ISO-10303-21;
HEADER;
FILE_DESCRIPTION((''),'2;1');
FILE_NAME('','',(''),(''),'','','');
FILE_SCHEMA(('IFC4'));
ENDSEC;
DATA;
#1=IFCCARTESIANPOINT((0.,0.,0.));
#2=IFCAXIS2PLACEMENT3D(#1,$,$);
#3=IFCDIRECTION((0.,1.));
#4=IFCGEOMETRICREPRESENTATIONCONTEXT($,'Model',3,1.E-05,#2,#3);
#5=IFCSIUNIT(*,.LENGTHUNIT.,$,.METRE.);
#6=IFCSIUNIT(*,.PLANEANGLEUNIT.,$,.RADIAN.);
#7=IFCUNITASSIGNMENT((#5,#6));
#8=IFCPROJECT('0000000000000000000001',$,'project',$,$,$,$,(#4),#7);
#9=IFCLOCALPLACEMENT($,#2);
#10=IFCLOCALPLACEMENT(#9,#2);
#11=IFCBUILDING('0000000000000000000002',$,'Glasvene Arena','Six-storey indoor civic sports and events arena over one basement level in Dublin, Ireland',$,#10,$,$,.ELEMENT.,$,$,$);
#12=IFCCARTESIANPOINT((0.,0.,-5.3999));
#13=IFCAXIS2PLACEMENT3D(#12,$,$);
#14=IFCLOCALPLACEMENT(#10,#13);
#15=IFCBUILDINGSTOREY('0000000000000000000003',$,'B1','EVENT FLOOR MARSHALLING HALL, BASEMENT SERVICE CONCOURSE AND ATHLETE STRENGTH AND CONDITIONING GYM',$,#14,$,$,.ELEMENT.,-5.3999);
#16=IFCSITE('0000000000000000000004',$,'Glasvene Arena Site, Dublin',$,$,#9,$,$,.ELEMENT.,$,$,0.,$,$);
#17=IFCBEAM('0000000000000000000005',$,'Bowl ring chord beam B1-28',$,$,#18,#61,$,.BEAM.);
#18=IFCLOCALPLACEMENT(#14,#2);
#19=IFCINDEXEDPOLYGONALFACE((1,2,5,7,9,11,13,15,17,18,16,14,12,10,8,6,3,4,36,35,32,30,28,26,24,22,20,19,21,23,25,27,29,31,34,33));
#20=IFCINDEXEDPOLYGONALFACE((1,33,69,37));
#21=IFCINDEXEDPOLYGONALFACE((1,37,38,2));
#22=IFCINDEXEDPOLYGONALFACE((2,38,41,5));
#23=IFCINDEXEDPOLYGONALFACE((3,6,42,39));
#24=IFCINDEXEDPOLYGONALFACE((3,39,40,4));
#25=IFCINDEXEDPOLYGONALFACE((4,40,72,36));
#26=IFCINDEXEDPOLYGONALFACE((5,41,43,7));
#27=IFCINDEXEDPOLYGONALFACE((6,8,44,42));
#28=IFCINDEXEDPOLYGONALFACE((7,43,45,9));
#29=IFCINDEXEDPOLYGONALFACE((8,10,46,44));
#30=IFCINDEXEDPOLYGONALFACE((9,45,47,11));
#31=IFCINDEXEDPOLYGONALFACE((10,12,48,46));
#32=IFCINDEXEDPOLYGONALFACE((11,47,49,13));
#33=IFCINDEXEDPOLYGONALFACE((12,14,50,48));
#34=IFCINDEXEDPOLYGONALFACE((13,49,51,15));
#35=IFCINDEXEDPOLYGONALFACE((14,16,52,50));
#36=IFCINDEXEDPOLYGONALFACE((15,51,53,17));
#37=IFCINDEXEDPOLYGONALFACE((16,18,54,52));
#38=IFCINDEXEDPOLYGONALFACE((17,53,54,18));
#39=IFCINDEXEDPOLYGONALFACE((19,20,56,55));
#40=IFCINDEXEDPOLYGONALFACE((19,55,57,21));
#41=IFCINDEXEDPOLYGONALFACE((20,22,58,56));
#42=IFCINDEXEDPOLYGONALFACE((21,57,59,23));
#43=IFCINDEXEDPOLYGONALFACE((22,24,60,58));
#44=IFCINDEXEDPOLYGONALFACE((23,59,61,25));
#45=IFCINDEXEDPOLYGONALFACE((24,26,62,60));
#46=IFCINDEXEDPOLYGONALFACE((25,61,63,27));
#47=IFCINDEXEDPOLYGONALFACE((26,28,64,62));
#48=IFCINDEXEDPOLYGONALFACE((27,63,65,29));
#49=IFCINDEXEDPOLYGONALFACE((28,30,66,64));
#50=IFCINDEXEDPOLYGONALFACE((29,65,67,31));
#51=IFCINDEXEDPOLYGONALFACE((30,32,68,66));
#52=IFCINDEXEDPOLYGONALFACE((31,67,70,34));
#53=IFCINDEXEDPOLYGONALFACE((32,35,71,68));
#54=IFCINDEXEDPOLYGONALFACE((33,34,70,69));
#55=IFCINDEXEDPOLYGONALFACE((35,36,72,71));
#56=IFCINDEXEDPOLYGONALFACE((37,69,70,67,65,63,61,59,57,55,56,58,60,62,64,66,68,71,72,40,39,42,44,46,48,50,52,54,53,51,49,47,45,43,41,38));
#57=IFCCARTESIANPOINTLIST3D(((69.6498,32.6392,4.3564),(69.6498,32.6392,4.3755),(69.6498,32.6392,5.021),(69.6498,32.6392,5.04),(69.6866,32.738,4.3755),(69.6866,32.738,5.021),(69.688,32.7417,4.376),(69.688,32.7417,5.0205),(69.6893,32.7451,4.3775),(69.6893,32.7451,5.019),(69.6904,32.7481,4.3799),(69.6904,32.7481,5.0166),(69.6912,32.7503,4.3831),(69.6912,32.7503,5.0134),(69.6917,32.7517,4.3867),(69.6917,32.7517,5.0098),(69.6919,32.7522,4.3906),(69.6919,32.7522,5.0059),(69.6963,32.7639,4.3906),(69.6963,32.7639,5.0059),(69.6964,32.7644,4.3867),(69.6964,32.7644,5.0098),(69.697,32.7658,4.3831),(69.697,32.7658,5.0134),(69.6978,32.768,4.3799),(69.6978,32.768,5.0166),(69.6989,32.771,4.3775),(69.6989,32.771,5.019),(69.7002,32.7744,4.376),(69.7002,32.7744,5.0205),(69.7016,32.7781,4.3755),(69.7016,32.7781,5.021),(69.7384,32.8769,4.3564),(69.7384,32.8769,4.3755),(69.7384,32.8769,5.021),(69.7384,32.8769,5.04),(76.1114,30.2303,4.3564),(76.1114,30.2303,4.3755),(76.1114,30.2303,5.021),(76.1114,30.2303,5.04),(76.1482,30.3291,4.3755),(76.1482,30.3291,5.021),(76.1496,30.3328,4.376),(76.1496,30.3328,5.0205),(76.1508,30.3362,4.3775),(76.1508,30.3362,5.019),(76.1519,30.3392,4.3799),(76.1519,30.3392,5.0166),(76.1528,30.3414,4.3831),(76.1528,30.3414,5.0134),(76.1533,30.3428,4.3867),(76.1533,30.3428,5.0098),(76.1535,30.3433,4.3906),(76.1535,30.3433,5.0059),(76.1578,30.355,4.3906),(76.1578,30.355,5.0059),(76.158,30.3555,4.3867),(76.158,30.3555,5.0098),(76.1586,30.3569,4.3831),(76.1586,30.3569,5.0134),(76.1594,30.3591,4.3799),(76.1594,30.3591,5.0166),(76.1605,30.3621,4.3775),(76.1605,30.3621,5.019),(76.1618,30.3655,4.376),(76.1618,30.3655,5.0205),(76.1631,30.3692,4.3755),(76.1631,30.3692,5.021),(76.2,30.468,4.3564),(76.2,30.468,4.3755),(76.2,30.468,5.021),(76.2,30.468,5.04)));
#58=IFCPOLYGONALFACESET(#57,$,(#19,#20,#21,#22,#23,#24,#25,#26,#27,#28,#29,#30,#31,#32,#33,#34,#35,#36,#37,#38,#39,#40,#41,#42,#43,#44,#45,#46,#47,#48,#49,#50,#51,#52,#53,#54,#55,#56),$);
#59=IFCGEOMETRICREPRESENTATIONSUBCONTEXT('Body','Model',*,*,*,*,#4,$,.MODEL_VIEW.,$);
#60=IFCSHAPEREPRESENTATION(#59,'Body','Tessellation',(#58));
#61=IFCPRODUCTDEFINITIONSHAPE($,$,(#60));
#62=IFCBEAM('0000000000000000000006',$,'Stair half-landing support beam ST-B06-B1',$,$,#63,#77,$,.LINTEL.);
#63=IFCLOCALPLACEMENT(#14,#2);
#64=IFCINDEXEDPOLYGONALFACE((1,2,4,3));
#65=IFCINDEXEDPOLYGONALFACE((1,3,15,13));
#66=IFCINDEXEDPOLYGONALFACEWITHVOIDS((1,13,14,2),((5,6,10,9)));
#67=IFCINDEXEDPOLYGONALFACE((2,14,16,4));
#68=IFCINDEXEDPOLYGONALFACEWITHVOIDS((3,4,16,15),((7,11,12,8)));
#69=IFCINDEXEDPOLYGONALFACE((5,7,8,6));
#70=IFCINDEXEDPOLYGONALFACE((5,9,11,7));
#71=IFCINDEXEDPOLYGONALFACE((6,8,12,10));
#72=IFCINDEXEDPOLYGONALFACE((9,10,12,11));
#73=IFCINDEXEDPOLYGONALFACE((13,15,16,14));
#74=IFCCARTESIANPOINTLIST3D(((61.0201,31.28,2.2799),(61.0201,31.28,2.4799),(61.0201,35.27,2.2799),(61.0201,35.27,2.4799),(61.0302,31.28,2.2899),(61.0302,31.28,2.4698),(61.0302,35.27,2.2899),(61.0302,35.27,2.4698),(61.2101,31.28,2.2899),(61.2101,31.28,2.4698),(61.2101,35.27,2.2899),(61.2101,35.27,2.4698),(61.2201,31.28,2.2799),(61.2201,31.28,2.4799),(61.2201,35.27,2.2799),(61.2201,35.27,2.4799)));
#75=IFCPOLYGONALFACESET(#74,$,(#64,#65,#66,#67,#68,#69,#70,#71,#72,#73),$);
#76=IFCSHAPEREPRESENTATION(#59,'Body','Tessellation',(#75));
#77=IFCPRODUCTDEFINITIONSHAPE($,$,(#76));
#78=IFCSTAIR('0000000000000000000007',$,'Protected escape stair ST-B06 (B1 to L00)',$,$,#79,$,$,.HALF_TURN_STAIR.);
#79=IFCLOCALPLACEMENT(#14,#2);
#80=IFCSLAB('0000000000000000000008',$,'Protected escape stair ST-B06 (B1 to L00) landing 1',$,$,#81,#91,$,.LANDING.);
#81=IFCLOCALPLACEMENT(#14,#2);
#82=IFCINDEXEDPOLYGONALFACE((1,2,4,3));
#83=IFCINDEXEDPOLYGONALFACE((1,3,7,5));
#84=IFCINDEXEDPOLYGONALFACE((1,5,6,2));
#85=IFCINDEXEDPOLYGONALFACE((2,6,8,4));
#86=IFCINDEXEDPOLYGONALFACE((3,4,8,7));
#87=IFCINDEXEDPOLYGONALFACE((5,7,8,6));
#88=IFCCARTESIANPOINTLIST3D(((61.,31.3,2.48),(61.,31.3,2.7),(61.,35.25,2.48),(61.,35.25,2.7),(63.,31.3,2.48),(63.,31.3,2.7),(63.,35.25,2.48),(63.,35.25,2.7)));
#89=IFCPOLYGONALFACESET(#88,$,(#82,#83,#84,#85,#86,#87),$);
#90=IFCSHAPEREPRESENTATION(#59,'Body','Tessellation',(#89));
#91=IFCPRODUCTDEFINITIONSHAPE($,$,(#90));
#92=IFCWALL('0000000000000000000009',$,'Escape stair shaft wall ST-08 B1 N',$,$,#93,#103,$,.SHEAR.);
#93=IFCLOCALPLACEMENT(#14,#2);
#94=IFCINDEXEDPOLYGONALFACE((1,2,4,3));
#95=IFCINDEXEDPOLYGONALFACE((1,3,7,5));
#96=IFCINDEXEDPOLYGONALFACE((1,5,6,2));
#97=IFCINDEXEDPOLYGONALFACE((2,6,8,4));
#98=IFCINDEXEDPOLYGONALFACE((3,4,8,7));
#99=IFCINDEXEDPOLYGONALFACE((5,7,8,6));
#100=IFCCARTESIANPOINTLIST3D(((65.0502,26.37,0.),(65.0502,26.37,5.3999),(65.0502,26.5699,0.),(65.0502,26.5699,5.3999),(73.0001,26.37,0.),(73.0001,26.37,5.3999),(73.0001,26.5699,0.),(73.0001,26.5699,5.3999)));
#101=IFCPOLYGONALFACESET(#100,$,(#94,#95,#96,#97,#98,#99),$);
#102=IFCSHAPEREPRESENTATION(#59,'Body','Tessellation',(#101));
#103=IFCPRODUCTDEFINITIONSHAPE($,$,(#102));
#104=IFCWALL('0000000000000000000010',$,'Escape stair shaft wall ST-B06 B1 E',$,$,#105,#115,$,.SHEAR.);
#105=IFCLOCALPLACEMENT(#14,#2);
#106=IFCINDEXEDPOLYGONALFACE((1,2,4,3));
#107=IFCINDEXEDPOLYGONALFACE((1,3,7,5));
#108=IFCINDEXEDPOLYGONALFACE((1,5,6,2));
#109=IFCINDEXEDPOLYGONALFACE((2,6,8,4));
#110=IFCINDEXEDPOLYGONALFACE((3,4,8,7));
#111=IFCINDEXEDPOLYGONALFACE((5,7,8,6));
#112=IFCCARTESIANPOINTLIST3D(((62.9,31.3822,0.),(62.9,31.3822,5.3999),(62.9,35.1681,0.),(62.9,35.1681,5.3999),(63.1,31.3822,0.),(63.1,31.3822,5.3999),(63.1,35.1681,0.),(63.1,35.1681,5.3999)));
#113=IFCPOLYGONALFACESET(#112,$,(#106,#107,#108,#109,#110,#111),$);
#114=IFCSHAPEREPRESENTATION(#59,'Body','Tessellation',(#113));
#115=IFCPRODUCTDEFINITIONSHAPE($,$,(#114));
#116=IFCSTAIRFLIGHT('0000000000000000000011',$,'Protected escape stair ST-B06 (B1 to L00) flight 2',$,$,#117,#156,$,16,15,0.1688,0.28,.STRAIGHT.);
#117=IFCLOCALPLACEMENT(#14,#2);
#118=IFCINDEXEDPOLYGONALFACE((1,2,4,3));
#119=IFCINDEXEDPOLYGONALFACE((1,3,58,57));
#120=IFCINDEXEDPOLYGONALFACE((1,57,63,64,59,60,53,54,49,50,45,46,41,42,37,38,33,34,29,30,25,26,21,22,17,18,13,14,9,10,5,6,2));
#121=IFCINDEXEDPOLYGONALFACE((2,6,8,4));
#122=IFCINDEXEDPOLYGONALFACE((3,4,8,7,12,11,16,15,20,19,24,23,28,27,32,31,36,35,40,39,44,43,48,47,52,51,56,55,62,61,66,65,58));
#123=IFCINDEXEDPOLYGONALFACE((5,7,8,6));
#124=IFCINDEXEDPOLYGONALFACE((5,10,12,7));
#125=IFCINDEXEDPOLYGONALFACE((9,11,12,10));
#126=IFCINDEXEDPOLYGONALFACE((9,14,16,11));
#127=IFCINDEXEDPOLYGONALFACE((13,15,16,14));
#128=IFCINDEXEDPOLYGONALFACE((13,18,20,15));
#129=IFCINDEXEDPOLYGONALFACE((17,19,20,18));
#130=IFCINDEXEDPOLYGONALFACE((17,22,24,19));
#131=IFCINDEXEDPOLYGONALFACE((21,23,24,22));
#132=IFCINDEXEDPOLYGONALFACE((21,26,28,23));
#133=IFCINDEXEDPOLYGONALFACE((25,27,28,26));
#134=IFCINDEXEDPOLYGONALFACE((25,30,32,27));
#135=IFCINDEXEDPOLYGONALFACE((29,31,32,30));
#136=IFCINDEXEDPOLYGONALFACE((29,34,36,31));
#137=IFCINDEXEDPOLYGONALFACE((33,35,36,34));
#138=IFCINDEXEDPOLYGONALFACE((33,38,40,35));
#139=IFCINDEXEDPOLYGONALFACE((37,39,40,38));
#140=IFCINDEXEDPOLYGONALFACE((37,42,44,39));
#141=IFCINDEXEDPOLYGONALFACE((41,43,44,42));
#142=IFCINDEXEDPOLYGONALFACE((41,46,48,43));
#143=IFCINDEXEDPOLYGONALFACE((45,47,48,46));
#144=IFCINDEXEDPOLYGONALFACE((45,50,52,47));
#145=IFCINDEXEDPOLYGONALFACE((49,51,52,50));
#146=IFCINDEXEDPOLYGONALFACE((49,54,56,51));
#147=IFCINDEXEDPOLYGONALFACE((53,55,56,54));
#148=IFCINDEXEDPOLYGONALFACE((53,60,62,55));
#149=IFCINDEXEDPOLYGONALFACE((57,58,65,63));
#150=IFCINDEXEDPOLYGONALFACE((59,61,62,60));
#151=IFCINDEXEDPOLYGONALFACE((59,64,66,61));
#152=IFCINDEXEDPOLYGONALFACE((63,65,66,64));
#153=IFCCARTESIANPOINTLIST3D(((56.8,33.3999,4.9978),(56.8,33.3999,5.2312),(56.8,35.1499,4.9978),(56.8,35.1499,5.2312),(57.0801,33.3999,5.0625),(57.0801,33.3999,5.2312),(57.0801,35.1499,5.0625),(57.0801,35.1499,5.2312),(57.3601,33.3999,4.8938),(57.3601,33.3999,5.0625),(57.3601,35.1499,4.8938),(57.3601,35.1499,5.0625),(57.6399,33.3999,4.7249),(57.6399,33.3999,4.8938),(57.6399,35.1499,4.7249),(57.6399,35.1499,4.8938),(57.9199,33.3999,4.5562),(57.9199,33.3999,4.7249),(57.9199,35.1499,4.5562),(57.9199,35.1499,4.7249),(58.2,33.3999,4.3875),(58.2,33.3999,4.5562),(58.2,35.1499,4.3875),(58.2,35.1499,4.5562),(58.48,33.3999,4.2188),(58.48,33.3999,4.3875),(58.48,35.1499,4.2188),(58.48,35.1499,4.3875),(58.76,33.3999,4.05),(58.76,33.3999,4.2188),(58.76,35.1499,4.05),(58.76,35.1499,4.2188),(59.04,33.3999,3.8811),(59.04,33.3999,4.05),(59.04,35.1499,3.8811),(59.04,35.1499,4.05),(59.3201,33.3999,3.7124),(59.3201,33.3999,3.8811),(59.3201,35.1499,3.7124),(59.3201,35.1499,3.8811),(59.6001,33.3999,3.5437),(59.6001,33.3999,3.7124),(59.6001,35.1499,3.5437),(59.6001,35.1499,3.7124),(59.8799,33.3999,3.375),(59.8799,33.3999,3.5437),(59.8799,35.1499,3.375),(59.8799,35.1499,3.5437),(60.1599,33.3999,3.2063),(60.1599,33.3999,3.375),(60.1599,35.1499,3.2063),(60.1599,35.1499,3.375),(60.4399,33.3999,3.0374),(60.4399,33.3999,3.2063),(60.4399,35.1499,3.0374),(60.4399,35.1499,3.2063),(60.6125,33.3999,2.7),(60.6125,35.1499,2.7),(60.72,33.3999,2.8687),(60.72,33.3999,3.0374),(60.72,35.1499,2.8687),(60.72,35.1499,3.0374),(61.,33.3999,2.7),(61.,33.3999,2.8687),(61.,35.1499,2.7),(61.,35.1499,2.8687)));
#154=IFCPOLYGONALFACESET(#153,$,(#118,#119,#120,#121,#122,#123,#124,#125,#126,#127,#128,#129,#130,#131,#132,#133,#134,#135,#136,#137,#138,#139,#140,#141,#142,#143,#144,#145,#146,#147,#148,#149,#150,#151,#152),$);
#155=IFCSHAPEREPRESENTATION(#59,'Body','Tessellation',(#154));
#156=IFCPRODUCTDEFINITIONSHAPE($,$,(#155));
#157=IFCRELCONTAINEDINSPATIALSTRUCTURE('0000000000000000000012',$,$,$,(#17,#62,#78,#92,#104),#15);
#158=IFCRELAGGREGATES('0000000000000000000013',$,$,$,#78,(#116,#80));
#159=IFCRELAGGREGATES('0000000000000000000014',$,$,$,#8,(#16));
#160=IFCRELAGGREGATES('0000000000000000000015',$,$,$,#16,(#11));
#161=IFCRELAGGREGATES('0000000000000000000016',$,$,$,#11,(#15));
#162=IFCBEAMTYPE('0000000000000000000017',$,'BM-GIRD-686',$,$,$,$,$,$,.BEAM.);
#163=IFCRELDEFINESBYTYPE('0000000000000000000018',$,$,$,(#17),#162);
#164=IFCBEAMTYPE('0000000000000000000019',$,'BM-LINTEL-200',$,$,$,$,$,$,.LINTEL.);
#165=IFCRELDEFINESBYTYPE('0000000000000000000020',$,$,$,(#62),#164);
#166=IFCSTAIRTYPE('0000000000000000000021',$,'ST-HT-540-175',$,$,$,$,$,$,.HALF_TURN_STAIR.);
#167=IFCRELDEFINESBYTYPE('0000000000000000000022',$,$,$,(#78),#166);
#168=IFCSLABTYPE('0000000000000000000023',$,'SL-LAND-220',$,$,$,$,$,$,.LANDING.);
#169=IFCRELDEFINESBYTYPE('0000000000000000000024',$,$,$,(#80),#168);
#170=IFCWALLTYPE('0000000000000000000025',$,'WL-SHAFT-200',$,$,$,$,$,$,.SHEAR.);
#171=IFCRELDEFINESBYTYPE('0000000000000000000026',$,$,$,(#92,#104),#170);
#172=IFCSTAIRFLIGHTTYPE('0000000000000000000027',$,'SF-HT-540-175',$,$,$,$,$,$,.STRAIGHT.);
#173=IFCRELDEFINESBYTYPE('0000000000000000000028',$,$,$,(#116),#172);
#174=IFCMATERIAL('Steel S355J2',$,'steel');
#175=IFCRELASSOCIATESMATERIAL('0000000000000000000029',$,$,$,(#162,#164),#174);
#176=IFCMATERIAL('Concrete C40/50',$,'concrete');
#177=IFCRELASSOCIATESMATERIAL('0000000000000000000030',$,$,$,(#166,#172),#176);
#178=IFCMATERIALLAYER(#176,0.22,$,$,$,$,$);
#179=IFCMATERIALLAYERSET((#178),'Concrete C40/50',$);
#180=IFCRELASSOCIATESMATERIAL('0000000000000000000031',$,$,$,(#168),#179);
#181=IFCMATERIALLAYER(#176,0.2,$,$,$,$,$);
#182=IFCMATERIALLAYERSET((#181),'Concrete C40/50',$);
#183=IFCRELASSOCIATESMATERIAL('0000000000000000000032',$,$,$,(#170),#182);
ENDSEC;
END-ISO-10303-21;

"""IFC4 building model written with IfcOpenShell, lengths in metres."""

from ifc_helpers import new_model, si_unit, direction, frame, frame_2d, origin, origin_2d, place, context, subcontext, project, spatial, polyline, rectangle, hollow_rectangle, i_section, outline, extrude, material, layer, layer_set, material_profile, profile_set, type_object, element, aggregate, save


model = new_model("IFC4")

# Units and contexts
model_context = context("Model", 3, precision=1e-05, world=origin(), true_north=direction((0.0, 1.0)))
body_context = subcontext(model_context, "Body", "Model", "MODEL_VIEW")
ifc_project = project(units=[si_unit("LENGTHUNIT", "METRE"), si_unit("PLANEANGLEUNIT", "RADIAN")], contexts=[model_context])

# Site, building, storey
site_placement = place(None, origin())
site = spatial("IfcSite", under=ifc_project, at=site_placement, Name="Glasvene Arena Site, Dublin", CompositionType="ELEMENT", RefElevation=0.0)
building_placement = place(site_placement, origin())
building = spatial("IfcBuilding", under=site, at=building_placement, Name="Glasvene Arena", Description="Six-storey indoor civic sports and events arena over one basement level in Dublin, Ireland", CompositionType="ELEMENT")
storey_placement = place(building_placement, frame((0.0, 0.0, -5.3999)))
storey = spatial("IfcBuildingStorey", under=building, at=storey_placement, Name="B1", Description="EVENT FLOOR MARSHALLING HALL, BASEMENT SERVICE CONCOURSE AND ATHLETE STRENGTH AND CONDITIONING GYM", CompositionType="ELEMENT", Elevation=-5.3999)

# Shared definitions
ifc_material_1 = material(Name="Concrete C40/50", Category="concrete")

# Shared definitions
ifc_material_2 = material(Name="Steel S355J2", Category="steel")

# Beams
ifc_material_profile_1 = material_profile(ifc_material_2, i_section(OverallWidth=0.2537, OverallDepth=0.6836, WebThickness=0.0125, FlangeThickness=0.019, FilletRadius=0.0151, at=origin_2d()), Name="UKB 686x254x140")
ifc_profile_set_1 = profile_set([ifc_material_profile_1], Name="Steel S355J2")
beam_type_1 = type_object("IfcBeamType", Name="BM-GIRD-686", PredefinedType="BEAM", material=ifc_profile_set_1)
beam_1_placement = place(storey_placement, frame((69.6941, 32.7581, 4.6982), z_axis=(0.937004, -0.349319, 0.0), x_axis=(0.349319, 0.937004, 0.0)))
element("IfcBeam", 1, at=beam_1_placement, inside=storey, type_object=beam_type_1, Name="Bowl ring chord beam B1-28", PredefinedType="BEAM", context=body_context, shape_type="SweptSolid", body=[
    extrude(i_section(OverallWidth=0.2537, OverallDepth=0.6836, WebThickness=0.0125, FlangeThickness=0.019, FilletRadius=0.0151, at=origin_2d()), origin(), (0.0, 0.0, 1.0), 6.896),
])
ifc_material_profile_2 = material_profile(ifc_material_2, hollow_rectangle(XDim=0.2, YDim=0.2, WallThickness=0.01, at=origin_2d()), Name="SHS 200x200x10.0")
ifc_profile_set_2 = profile_set([ifc_material_profile_2], Name="Steel S355J2")
beam_type_2 = type_object("IfcBeamType", Name="BM-LINTEL-200", PredefinedType="LINTEL", material=ifc_profile_set_2)
beam_2_placement = place(storey_placement, frame((61.1201, 31.28, 2.3799), z_axis=(0.0, 1.0, 0.0), x_axis=(-1.0, 0.0, 0.0)))
element("IfcBeam", 2, at=beam_2_placement, inside=storey, type_object=beam_type_2, Name="Stair half-landing support beam ST-B06-B1", PredefinedType="LINTEL", context=body_context, shape_type="SweptSolid", body=[
    extrude(hollow_rectangle(XDim=0.2, YDim=0.2, WallThickness=0.01, at=origin_2d()), origin(), (0.0, 0.0, 1.0), 3.99),
])

# Stair, slab
stair_type = type_object("IfcStairType", Name="ST-HT-540-175", PredefinedType="HALF_TURN_STAIR", material=ifc_material_1)
stair_placement = place(storey_placement, origin())
stair = element("IfcStair", 3, at=stair_placement, inside=storey, type_object=stair_type, Name="Protected escape stair ST-B06 (B1 to L00)", PredefinedType="HALF_TURN_STAIR")
ifc_layer_1 = layer(ifc_material_1, 0.22)
ifc_layer_set_1 = layer_set([ifc_layer_1], Name="Concrete C40/50")
slab_type = type_object("IfcSlabType", Name="SL-LAND-220", PredefinedType="LANDING", material=ifc_layer_set_1)
slab_placement = place(storey_placement, frame((62.0, 33.2749, 2.48)))
slab = element("IfcSlab", 4, at=slab_placement, type_object=slab_type, Name="Protected escape stair ST-B06 (B1 to L00) landing 1", PredefinedType="LANDING", context=body_context, shape_type="SweptSolid", body=[
    extrude(outline(polyline([(-1.0, -1.9749), (1.0, -1.9749), (1.0, 1.9751), (-1.0, 1.9751), (-1.0, -1.9749)])), origin(), (0.0, 0.0, 1.0), 0.22),
])

# Walls
ifc_layer_2 = layer(ifc_material_1, 0.2)
ifc_layer_set_2 = layer_set([ifc_layer_2], Name="Concrete C40/50")
wall_type = type_object("IfcWallType", Name="WL-SHAFT-200", PredefinedType="SHEAR", material=ifc_layer_set_2)
wall_1_placement = place(storey_placement, frame((65.05, 26.47, 0.0), z_axis=(0.0, 0.0, 1.0), x_axis=(1.0, 0.0, 0.0)))
element("IfcWall", 5, at=wall_1_placement, inside=storey, type_object=wall_type, Name="Escape stair shaft wall ST-08 B1 N", PredefinedType="SHEAR", context=body_context, shape_type="SweptSolid", body=[
    extrude(rectangle(XDim=7.95, YDim=0.2, at=frame_2d((3.9751, 0.0))), origin(), (0.0, 0.0, 1.0), 5.3999),
])
wall_2_placement = place(storey_placement, frame((63.0, 31.3821, 0.0), z_axis=(0.0, 0.0, 1.0), x_axis=(0.0, 1.0, 0.0)))
element("IfcWall", 6, at=wall_2_placement, inside=storey, type_object=wall_type, Name="Escape stair shaft wall ST-B06 B1 E", PredefinedType="SHEAR", context=body_context, shape_type="SweptSolid", body=[
    extrude(rectangle(XDim=3.7859, YDim=0.2, at=frame_2d((1.8931, 0.0))), origin(), (0.0, 0.0, 1.0), 5.3999),
])

# Stair flight
stair_flight_type = type_object("IfcStairFlightType", Name="SF-HT-540-175", PredefinedType="STRAIGHT", material=ifc_material_1)
stair_flight_placement = place(storey_placement, frame((61.0, 34.2749, 2.7), z_axis=(0.0, 0.0, 1.0), x_axis=(-1.0, 0.0, 0.0)))
stair_flight = element("IfcStairFlight", 7, at=stair_flight_placement, type_object=stair_flight_type, Name="Protected escape stair ST-B06 (B1 to L00) flight 2", NumberOfRisers=16, NumberOfTreads=15, PredefinedType="STRAIGHT", RiserHeight=0.1688, TreadLength=0.28, context=body_context, shape_type="SweptSolid", body=[
    extrude(outline(polyline([(0.0, 0.0), (0.0, 0.1687), (0.28, 0.1687), (0.28, 0.3374), (0.5601, 0.3374), (0.5601, 0.5063), (0.8401, 0.5063), (0.8401, 0.675), (1.1201, 0.675), (1.1201, 0.8438), (1.3999, 0.8438), (1.3999, 1.0125), (1.6799, 1.0125), (1.6799, 1.1812), (1.96, 1.1812), (1.96, 1.3501), (2.24, 1.3501), (2.24, 1.5188), (2.52, 1.5188), (2.52, 1.6875), (2.8, 1.6875), (2.8, 1.8562), (3.0801, 1.8562), (3.0801, 2.0249), (3.3601, 2.0249), (3.3601, 2.1938), (3.6399, 2.1938), (3.6399, 2.3625), (3.9199, 2.3625), (3.9199, 2.5312), (4.2, 2.5312), (4.2, 2.7), (4.2, 2.2979), (0.3875, 0.0), (0.0, 0.0)])), frame((0.0, 0.875, 0.0), z_axis=(0.0, -1.0, 0.0), x_axis=(1.0, 0.0, 0.0)), (0.0, 0.0, 1.0), 1.75),
])
aggregate(stair, [stair_flight, slab])

save(model, "model.ifc")
